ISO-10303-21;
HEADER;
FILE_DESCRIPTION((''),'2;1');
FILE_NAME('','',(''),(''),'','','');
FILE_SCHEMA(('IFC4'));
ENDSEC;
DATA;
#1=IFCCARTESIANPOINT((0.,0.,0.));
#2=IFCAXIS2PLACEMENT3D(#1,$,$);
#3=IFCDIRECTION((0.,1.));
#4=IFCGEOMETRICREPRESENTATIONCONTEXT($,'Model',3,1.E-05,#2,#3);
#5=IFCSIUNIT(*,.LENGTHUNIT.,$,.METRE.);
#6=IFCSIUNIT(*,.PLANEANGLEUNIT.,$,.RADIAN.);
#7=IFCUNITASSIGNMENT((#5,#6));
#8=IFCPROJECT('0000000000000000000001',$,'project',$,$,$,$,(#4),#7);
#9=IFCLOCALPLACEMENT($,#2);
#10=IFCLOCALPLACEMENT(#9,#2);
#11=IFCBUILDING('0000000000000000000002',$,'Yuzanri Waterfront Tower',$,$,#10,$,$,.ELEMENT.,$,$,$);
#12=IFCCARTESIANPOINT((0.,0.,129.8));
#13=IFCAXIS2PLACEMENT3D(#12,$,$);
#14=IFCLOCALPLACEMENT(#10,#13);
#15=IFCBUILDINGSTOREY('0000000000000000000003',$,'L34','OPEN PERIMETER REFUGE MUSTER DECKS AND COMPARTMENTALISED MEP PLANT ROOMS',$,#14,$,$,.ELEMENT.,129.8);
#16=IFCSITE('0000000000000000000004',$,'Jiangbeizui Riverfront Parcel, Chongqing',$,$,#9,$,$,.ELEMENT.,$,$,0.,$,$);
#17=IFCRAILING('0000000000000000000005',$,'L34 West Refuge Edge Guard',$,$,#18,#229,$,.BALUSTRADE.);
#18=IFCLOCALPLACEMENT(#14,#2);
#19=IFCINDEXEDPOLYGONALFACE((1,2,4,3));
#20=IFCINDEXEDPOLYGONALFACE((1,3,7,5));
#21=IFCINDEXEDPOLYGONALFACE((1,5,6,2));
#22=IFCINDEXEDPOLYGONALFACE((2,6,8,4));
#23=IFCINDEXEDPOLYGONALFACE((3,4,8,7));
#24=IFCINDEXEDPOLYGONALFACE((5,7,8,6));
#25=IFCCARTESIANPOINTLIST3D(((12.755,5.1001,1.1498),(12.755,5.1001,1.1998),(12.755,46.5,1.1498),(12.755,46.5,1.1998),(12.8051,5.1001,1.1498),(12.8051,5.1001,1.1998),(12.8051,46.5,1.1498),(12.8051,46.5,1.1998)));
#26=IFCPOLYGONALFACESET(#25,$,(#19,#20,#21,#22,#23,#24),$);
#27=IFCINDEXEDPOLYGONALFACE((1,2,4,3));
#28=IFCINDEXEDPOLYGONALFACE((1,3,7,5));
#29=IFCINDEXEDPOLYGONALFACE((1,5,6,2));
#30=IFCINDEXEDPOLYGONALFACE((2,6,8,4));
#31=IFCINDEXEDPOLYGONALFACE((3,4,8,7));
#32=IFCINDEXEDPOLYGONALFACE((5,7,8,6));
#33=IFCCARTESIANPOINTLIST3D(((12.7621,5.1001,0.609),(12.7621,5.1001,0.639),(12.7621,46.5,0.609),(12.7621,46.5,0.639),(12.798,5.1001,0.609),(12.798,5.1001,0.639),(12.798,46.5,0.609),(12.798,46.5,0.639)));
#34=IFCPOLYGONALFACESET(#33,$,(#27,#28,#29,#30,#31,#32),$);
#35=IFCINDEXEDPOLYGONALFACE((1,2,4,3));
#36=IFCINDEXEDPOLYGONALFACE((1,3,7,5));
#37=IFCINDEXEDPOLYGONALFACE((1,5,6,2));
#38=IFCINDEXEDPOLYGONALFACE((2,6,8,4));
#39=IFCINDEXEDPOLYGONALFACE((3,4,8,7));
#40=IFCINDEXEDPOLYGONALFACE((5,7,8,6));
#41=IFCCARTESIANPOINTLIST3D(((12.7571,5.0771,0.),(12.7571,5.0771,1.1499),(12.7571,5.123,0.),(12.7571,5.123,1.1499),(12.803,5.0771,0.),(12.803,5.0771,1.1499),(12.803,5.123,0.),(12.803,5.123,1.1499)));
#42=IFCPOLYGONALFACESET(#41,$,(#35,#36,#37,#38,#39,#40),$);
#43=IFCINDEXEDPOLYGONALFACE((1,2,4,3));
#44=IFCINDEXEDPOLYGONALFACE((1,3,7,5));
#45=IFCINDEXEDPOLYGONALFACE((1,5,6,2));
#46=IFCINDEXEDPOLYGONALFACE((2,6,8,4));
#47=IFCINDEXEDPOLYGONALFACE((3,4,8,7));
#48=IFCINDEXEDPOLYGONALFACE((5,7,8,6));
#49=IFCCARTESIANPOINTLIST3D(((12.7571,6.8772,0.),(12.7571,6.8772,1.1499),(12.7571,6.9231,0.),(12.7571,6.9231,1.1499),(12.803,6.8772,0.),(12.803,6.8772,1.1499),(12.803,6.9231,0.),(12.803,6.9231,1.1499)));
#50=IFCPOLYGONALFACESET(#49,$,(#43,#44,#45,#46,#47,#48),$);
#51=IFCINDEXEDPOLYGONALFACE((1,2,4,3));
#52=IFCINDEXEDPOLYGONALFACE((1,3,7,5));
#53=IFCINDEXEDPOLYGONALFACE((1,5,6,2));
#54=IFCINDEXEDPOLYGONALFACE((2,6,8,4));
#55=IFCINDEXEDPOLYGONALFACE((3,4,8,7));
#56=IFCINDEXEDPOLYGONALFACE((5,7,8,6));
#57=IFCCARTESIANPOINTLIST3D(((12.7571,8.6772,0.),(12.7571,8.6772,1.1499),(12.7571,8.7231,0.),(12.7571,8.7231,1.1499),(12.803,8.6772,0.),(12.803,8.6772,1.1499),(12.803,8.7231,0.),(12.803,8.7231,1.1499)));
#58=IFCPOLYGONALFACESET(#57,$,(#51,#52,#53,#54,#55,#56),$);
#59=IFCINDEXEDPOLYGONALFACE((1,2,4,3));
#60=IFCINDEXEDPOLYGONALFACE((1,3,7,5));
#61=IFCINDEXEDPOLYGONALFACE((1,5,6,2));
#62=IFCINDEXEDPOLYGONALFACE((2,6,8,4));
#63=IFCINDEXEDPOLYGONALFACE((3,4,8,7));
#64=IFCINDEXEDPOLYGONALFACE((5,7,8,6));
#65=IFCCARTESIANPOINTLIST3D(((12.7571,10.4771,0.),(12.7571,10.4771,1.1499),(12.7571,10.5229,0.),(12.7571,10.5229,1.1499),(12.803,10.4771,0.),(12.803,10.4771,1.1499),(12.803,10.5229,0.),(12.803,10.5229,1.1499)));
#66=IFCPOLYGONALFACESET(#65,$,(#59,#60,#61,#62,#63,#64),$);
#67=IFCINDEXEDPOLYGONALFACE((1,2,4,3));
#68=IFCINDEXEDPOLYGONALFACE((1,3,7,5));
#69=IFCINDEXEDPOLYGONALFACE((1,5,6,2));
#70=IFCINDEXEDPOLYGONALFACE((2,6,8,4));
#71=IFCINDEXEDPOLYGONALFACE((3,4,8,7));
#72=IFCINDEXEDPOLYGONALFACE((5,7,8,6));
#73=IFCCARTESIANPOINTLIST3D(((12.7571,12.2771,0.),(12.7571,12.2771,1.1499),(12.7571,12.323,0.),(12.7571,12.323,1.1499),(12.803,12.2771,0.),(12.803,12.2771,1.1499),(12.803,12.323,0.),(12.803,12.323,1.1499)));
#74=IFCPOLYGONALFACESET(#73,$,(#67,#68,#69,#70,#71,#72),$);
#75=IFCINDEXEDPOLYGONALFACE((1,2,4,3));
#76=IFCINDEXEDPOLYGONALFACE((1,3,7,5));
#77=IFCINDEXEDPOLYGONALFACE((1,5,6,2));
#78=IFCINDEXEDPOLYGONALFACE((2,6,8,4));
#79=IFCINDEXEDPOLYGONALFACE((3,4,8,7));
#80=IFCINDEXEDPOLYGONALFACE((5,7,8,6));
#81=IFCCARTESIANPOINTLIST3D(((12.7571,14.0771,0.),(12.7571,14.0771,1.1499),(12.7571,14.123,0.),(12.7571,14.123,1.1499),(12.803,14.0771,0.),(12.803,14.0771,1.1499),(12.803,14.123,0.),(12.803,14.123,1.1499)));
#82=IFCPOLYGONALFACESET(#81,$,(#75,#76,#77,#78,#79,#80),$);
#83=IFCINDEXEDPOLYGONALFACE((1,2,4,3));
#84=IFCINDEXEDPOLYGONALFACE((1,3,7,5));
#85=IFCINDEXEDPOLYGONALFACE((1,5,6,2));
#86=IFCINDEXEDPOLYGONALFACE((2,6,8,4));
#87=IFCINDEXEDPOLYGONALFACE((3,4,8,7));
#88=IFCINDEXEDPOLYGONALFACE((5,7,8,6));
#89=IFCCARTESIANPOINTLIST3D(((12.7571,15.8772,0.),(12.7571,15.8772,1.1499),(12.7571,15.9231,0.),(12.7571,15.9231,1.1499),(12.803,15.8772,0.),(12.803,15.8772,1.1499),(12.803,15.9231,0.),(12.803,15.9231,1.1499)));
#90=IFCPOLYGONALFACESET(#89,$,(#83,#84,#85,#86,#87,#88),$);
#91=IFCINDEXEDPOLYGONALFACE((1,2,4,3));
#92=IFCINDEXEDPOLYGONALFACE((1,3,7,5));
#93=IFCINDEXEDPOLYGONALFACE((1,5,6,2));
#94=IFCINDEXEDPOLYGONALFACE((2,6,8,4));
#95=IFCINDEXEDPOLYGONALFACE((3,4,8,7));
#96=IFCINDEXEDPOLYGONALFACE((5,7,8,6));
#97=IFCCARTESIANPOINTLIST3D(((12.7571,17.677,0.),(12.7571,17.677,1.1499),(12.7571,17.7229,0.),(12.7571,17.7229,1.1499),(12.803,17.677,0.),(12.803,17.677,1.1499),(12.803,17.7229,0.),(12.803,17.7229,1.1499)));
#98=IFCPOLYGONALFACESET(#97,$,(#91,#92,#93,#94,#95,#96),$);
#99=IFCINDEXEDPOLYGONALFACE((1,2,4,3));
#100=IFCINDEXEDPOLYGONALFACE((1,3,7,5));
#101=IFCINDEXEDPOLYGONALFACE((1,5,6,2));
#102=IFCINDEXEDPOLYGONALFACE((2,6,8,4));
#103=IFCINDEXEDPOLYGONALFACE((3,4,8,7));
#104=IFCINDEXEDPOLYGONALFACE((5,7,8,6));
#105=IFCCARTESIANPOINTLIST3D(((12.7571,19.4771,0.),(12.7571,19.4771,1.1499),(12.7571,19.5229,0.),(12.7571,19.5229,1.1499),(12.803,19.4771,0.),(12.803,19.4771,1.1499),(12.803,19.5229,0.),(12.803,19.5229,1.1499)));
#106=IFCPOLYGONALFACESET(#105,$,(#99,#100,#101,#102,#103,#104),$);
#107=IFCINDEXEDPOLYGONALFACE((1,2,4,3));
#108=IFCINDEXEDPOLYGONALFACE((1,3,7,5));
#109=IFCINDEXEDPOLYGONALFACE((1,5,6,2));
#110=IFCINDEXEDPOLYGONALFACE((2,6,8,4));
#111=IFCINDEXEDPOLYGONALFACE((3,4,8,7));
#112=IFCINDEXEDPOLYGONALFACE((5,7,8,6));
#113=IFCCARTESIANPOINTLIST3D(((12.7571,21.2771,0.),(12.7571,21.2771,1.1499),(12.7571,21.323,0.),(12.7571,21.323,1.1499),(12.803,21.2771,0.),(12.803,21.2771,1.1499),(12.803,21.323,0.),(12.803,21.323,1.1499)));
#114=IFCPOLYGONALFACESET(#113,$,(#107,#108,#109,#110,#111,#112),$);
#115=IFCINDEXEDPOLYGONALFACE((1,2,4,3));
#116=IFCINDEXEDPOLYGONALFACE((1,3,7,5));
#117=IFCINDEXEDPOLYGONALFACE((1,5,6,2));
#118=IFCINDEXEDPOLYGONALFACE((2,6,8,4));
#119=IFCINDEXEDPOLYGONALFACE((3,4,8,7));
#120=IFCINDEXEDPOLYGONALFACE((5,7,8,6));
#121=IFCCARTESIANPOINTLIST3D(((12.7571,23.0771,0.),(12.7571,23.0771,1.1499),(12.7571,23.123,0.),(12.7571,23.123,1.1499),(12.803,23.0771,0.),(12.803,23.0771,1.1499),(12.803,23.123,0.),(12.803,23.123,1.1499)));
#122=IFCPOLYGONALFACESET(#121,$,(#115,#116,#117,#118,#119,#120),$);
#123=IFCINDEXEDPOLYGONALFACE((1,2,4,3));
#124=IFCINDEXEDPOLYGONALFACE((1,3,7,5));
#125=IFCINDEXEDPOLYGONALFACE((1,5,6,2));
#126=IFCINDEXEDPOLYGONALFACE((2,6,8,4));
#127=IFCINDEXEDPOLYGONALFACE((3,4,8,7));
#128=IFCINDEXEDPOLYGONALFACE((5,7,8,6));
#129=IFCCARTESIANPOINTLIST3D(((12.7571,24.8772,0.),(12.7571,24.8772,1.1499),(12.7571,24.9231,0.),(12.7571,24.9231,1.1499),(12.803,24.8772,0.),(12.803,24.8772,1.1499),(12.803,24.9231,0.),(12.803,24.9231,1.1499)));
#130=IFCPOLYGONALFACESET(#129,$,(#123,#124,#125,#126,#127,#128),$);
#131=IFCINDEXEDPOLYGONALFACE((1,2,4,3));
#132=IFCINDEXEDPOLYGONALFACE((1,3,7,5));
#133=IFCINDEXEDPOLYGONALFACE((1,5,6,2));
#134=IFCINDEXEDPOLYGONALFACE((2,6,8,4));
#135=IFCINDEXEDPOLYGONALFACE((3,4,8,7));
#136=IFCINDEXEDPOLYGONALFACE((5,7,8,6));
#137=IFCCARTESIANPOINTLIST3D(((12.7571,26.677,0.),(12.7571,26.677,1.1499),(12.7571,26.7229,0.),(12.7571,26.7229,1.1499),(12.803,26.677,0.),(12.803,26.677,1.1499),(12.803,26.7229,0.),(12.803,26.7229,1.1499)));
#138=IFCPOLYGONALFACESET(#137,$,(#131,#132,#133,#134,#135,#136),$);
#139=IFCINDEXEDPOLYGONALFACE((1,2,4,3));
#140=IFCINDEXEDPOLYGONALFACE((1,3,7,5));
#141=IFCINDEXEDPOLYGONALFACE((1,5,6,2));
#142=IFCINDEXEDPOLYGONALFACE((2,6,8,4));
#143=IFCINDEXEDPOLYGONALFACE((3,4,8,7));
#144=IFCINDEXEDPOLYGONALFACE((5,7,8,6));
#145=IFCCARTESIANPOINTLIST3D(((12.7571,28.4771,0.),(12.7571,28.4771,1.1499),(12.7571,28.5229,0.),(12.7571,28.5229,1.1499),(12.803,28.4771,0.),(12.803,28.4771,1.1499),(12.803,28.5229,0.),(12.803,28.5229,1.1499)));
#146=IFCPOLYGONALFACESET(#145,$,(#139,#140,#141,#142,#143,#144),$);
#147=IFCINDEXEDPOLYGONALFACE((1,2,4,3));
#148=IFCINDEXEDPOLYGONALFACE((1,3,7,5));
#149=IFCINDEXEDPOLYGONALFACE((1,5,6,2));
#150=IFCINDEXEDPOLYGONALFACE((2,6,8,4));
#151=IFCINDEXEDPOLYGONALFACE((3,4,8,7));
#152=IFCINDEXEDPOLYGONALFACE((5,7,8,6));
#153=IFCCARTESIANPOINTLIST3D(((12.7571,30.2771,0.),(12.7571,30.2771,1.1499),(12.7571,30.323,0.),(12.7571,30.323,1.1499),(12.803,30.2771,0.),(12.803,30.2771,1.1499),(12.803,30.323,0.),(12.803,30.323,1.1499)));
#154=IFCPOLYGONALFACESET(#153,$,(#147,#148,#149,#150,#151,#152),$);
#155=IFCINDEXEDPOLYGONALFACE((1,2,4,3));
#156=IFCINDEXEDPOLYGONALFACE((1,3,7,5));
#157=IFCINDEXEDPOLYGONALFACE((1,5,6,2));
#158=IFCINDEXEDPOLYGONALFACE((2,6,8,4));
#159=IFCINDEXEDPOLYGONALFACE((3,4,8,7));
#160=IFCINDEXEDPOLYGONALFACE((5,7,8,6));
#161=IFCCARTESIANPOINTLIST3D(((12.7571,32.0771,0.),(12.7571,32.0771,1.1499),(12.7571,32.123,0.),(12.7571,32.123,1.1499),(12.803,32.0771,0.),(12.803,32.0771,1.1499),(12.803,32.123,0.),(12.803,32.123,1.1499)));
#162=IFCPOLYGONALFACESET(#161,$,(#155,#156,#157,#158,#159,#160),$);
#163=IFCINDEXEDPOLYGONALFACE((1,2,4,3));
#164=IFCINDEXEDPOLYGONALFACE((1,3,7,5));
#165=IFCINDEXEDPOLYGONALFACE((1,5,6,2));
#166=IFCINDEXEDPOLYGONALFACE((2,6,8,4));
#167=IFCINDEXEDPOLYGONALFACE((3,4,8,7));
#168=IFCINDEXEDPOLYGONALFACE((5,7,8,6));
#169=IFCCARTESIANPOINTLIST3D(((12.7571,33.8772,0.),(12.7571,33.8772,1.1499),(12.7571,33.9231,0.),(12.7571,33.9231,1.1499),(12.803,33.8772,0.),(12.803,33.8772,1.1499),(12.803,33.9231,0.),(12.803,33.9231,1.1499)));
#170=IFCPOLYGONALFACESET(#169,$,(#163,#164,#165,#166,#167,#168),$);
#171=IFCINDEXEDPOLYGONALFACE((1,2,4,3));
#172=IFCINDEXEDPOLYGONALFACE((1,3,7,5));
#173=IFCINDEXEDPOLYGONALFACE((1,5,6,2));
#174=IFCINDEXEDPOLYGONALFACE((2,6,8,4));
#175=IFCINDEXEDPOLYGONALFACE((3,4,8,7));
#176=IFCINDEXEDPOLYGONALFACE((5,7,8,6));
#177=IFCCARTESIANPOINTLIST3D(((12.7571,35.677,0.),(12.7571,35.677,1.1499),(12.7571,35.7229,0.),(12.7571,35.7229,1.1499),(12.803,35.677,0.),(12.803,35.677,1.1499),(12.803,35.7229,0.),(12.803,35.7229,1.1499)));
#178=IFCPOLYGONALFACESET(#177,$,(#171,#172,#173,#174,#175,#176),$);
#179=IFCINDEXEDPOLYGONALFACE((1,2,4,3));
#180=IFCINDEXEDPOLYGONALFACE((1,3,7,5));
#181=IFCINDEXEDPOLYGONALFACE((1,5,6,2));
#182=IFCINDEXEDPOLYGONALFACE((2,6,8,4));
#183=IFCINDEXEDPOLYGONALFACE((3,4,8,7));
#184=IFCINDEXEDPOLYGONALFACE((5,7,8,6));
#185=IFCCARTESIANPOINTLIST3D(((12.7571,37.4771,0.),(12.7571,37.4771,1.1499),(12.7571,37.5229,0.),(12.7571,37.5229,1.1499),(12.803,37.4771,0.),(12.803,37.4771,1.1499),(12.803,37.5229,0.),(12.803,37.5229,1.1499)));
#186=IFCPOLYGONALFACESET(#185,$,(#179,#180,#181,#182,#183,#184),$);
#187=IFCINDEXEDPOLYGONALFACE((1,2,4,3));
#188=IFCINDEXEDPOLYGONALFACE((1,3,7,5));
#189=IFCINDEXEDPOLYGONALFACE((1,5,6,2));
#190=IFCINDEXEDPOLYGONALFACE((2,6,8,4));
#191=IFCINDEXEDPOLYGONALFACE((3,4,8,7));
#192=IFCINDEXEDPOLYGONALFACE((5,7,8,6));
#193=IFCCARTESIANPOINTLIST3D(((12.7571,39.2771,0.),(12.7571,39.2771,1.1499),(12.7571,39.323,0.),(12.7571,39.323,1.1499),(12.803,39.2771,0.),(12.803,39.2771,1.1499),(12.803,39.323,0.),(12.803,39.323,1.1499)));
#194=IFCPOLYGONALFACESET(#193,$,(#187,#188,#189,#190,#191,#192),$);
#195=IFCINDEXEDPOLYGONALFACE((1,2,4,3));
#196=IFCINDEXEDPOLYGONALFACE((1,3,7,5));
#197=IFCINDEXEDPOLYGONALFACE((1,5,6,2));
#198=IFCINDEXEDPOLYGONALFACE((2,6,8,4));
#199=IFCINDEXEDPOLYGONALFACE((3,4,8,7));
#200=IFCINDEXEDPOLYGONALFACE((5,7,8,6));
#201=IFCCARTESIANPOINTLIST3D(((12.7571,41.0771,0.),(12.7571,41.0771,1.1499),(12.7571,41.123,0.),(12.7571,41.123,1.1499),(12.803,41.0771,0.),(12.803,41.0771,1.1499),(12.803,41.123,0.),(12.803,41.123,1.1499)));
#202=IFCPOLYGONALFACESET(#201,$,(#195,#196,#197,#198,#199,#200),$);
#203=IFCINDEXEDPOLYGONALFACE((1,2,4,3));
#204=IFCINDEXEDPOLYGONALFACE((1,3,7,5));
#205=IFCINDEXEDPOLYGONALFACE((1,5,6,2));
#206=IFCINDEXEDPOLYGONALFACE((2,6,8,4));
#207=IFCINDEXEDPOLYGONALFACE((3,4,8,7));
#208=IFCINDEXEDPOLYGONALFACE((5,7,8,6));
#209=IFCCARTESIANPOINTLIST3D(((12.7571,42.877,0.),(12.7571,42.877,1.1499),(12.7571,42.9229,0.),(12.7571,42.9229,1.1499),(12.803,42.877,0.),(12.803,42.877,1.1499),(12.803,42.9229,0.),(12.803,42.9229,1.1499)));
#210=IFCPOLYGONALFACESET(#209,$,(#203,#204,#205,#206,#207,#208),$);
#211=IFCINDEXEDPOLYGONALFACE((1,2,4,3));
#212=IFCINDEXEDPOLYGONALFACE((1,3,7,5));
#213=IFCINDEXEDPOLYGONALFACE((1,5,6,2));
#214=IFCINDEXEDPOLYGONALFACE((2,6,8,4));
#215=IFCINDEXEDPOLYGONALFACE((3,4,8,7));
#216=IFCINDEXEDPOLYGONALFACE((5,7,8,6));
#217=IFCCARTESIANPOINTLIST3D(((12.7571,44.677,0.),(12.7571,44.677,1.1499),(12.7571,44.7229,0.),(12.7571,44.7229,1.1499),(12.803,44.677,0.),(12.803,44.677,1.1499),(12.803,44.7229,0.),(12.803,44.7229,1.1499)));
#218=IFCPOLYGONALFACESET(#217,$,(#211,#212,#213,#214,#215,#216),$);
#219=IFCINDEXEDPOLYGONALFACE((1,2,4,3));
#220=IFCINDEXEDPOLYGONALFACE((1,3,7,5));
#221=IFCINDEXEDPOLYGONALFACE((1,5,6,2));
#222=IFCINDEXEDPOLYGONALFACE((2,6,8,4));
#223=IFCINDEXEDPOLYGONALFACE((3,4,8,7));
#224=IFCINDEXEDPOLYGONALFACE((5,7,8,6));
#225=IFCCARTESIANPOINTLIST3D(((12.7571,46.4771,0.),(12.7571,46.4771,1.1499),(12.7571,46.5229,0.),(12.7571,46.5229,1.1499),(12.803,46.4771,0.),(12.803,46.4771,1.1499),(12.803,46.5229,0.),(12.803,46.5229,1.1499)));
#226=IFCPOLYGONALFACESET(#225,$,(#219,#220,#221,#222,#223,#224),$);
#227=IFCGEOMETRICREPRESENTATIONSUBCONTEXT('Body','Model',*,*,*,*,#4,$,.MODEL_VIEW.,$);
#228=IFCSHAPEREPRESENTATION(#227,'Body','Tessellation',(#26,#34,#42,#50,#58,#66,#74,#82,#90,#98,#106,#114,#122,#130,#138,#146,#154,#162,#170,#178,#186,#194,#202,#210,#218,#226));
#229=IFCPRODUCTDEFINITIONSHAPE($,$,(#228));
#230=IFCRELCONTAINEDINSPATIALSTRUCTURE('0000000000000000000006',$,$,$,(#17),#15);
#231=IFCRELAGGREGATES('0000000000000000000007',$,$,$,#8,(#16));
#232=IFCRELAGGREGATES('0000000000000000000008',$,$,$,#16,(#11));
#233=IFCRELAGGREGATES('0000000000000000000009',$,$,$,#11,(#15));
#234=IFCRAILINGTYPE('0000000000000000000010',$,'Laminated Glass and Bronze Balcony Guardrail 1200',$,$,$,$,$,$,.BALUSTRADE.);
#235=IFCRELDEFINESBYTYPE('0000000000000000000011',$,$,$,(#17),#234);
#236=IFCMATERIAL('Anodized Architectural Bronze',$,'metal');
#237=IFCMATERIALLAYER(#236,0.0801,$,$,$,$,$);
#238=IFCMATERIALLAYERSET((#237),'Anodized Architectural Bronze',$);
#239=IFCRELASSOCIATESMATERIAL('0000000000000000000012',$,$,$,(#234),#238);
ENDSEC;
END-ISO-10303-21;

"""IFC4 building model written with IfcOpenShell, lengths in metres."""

from ifc_helpers import new_model, si_unit, direction, frame, origin, origin_2d, place, context, subcontext, project, spatial, rectangle, extrude, source, transform, mapped, material, layer, layer_set, type_object, element, save


model = new_model("IFC4")

# Units and contexts
model_context = context("Model", 3, precision=1e-05, world=origin(), true_north=direction((0.0, 1.0)))
body_context = subcontext(model_context, "Body", "Model", "MODEL_VIEW")
ifc_project = project(units=[si_unit("LENGTHUNIT", "METRE"), si_unit("PLANEANGLEUNIT", "RADIAN")], contexts=[model_context])

# Site, building, storey
site_placement = place(None, origin())
site = spatial("IfcSite", under=ifc_project, at=site_placement, Name="Jiangbeizui Riverfront Parcel, Chongqing", CompositionType="ELEMENT", RefElevation=0.0)
building_placement = place(site_placement, origin())
building = spatial("IfcBuilding", under=site, at=building_placement, Name="Yuzanri Waterfront Tower", CompositionType="ELEMENT")
storey_placement = place(building_placement, frame((0.0, 0.0, 129.8)))
storey = spatial("IfcBuildingStorey", under=building, at=storey_placement, Name="L34", Description="OPEN PERIMETER REFUGE MUSTER DECKS AND COMPARTMENTALISED MEP PLANT ROOMS", CompositionType="ELEMENT", Elevation=129.8)

# Railing
ifc_material_1 = material(Name="Anodized Architectural Bronze", Category="metal")
ifc_layer_1 = layer(ifc_material_1, 0.0801)
ifc_layer_set_1 = layer_set([ifc_layer_1], Name="Anodized Architectural Bronze")
railing_type = type_object("IfcRailingType", Name="Laminated Glass and Bronze Balcony Guardrail 1200", PredefinedType="BALUSTRADE", material=ifc_layer_set_1)
shared_shape_1 = source(origin(), body_context, "Body", "SweptSolid", [
    extrude(rectangle(XDim=0.05, YDim=0.05, at=origin_2d()), frame((0.0, 0.0, 1.1748), z_axis=(0.0, 1.0, 0.0), x_axis=(-1.0, 0.0, 0.0)), (0.0, 0.0, 1.0), 41.3999),
    extrude(rectangle(XDim=0.0359, YDim=0.03, at=origin_2d()), frame((0.0, 0.0, 0.624), z_axis=(0.0, 1.0, 0.0), x_axis=(-1.0, 0.0, 0.0)), (0.0, 0.0, 1.0), 41.3999),
    extrude(rectangle(XDim=0.0459, YDim=0.0459, at=origin_2d()), origin(), (0.0, 0.0, 1.0), 1.1499),
    extrude(rectangle(XDim=0.0459, YDim=0.0459, at=origin_2d()), frame((0.0, 1.8, 0.0)), (0.0, 0.0, 1.0), 1.1499),
    extrude(rectangle(XDim=0.0459, YDim=0.0459, at=origin_2d()), frame((0.0, 3.6001, 0.0)), (0.0, 0.0, 1.0), 1.1499),
    extrude(rectangle(XDim=0.0459, YDim=0.0459, at=origin_2d()), frame((0.0, 5.3999, 0.0)), (0.0, 0.0, 1.0), 1.1499),
    extrude(rectangle(XDim=0.0459, YDim=0.0459, at=origin_2d()), frame((0.0, 7.2, 0.0)), (0.0, 0.0, 1.0), 1.1499),
    extrude(rectangle(XDim=0.0459, YDim=0.0459, at=origin_2d()), frame((0.0, 9.0, 0.0)), (0.0, 0.0, 1.0), 1.1499),
    extrude(rectangle(XDim=0.0459, YDim=0.0459, at=origin_2d()), frame((0.0, 10.8, 0.0)), (0.0, 0.0, 1.0), 1.1499),
    extrude(rectangle(XDim=0.0459, YDim=0.0459, at=origin_2d()), frame((0.0, 12.5999, 0.0)), (0.0, 0.0, 1.0), 1.1499),
    extrude(rectangle(XDim=0.0459, YDim=0.0459, at=origin_2d()), frame((0.0, 14.3999, 0.0)), (0.0, 0.0, 1.0), 1.1499),
    extrude(rectangle(XDim=0.0459, YDim=0.0459, at=origin_2d()), frame((0.0, 16.2, 0.0)), (0.0, 0.0, 1.0), 1.1499),
    extrude(rectangle(XDim=0.0459, YDim=0.0459, at=origin_2d()), frame((0.0, 18.0, 0.0)), (0.0, 0.0, 1.0), 1.1499),
    extrude(rectangle(XDim=0.0459, YDim=0.0459, at=origin_2d()), frame((0.0, 19.8, 0.0)), (0.0, 0.0, 1.0), 1.1499),
    extrude(rectangle(XDim=0.0459, YDim=0.0459, at=origin_2d()), frame((0.0, 21.5999, 0.0)), (0.0, 0.0, 1.0), 1.1499),
    extrude(rectangle(XDim=0.0459, YDim=0.0459, at=origin_2d()), frame((0.0, 23.3999, 0.0)), (0.0, 0.0, 1.0), 1.1499),
    extrude(rectangle(XDim=0.0459, YDim=0.0459, at=origin_2d()), frame((0.0, 25.2, 0.0)), (0.0, 0.0, 1.0), 1.1499),
    extrude(rectangle(XDim=0.0459, YDim=0.0459, at=origin_2d()), frame((0.0, 27.0, 0.0)), (0.0, 0.0, 1.0), 1.1499),
    extrude(rectangle(XDim=0.0459, YDim=0.0459, at=origin_2d()), frame((0.0, 28.8, 0.0)), (0.0, 0.0, 1.0), 1.1499),
    extrude(rectangle(XDim=0.0459, YDim=0.0459, at=origin_2d()), frame((0.0, 30.5999, 0.0)), (0.0, 0.0, 1.0), 1.1499),
    extrude(rectangle(XDim=0.0459, YDim=0.0459, at=origin_2d()), frame((0.0, 32.3999, 0.0)), (0.0, 0.0, 1.0), 1.1499),
    extrude(rectangle(XDim=0.0459, YDim=0.0459, at=origin_2d()), frame((0.0, 34.2, 0.0)), (0.0, 0.0, 1.0), 1.1499),
    extrude(rectangle(XDim=0.0459, YDim=0.0459, at=origin_2d()), frame((0.0, 36.0, 0.0)), (0.0, 0.0, 1.0), 1.1499),
    extrude(rectangle(XDim=0.0459, YDim=0.0459, at=origin_2d()), frame((0.0, 37.7998, 0.0)), (0.0, 0.0, 1.0), 1.1499),
    extrude(rectangle(XDim=0.0459, YDim=0.0459, at=origin_2d()), frame((0.0, 39.5999, 0.0)), (0.0, 0.0, 1.0), 1.1499),
    extrude(rectangle(XDim=0.0459, YDim=0.0459, at=origin_2d()), frame((0.0, 41.3999, 0.0)), (0.0, 0.0, 1.0), 1.1499),
])
railing_1_placement = place(storey_placement, frame((12.78, 5.1001, 0.0)))
element("IfcRailing", 1, at=railing_1_placement, inside=storey, type_object=railing_type, Name="L34 West Refuge Edge Guard", PredefinedType="BALUSTRADE", context=body_context, shape_type="MappedRepresentation", body=[
    mapped(shared_shape_1, transform((0.0, 0.0, 0.0), scale=1.0)),
])

save(model, "model.ifc")
